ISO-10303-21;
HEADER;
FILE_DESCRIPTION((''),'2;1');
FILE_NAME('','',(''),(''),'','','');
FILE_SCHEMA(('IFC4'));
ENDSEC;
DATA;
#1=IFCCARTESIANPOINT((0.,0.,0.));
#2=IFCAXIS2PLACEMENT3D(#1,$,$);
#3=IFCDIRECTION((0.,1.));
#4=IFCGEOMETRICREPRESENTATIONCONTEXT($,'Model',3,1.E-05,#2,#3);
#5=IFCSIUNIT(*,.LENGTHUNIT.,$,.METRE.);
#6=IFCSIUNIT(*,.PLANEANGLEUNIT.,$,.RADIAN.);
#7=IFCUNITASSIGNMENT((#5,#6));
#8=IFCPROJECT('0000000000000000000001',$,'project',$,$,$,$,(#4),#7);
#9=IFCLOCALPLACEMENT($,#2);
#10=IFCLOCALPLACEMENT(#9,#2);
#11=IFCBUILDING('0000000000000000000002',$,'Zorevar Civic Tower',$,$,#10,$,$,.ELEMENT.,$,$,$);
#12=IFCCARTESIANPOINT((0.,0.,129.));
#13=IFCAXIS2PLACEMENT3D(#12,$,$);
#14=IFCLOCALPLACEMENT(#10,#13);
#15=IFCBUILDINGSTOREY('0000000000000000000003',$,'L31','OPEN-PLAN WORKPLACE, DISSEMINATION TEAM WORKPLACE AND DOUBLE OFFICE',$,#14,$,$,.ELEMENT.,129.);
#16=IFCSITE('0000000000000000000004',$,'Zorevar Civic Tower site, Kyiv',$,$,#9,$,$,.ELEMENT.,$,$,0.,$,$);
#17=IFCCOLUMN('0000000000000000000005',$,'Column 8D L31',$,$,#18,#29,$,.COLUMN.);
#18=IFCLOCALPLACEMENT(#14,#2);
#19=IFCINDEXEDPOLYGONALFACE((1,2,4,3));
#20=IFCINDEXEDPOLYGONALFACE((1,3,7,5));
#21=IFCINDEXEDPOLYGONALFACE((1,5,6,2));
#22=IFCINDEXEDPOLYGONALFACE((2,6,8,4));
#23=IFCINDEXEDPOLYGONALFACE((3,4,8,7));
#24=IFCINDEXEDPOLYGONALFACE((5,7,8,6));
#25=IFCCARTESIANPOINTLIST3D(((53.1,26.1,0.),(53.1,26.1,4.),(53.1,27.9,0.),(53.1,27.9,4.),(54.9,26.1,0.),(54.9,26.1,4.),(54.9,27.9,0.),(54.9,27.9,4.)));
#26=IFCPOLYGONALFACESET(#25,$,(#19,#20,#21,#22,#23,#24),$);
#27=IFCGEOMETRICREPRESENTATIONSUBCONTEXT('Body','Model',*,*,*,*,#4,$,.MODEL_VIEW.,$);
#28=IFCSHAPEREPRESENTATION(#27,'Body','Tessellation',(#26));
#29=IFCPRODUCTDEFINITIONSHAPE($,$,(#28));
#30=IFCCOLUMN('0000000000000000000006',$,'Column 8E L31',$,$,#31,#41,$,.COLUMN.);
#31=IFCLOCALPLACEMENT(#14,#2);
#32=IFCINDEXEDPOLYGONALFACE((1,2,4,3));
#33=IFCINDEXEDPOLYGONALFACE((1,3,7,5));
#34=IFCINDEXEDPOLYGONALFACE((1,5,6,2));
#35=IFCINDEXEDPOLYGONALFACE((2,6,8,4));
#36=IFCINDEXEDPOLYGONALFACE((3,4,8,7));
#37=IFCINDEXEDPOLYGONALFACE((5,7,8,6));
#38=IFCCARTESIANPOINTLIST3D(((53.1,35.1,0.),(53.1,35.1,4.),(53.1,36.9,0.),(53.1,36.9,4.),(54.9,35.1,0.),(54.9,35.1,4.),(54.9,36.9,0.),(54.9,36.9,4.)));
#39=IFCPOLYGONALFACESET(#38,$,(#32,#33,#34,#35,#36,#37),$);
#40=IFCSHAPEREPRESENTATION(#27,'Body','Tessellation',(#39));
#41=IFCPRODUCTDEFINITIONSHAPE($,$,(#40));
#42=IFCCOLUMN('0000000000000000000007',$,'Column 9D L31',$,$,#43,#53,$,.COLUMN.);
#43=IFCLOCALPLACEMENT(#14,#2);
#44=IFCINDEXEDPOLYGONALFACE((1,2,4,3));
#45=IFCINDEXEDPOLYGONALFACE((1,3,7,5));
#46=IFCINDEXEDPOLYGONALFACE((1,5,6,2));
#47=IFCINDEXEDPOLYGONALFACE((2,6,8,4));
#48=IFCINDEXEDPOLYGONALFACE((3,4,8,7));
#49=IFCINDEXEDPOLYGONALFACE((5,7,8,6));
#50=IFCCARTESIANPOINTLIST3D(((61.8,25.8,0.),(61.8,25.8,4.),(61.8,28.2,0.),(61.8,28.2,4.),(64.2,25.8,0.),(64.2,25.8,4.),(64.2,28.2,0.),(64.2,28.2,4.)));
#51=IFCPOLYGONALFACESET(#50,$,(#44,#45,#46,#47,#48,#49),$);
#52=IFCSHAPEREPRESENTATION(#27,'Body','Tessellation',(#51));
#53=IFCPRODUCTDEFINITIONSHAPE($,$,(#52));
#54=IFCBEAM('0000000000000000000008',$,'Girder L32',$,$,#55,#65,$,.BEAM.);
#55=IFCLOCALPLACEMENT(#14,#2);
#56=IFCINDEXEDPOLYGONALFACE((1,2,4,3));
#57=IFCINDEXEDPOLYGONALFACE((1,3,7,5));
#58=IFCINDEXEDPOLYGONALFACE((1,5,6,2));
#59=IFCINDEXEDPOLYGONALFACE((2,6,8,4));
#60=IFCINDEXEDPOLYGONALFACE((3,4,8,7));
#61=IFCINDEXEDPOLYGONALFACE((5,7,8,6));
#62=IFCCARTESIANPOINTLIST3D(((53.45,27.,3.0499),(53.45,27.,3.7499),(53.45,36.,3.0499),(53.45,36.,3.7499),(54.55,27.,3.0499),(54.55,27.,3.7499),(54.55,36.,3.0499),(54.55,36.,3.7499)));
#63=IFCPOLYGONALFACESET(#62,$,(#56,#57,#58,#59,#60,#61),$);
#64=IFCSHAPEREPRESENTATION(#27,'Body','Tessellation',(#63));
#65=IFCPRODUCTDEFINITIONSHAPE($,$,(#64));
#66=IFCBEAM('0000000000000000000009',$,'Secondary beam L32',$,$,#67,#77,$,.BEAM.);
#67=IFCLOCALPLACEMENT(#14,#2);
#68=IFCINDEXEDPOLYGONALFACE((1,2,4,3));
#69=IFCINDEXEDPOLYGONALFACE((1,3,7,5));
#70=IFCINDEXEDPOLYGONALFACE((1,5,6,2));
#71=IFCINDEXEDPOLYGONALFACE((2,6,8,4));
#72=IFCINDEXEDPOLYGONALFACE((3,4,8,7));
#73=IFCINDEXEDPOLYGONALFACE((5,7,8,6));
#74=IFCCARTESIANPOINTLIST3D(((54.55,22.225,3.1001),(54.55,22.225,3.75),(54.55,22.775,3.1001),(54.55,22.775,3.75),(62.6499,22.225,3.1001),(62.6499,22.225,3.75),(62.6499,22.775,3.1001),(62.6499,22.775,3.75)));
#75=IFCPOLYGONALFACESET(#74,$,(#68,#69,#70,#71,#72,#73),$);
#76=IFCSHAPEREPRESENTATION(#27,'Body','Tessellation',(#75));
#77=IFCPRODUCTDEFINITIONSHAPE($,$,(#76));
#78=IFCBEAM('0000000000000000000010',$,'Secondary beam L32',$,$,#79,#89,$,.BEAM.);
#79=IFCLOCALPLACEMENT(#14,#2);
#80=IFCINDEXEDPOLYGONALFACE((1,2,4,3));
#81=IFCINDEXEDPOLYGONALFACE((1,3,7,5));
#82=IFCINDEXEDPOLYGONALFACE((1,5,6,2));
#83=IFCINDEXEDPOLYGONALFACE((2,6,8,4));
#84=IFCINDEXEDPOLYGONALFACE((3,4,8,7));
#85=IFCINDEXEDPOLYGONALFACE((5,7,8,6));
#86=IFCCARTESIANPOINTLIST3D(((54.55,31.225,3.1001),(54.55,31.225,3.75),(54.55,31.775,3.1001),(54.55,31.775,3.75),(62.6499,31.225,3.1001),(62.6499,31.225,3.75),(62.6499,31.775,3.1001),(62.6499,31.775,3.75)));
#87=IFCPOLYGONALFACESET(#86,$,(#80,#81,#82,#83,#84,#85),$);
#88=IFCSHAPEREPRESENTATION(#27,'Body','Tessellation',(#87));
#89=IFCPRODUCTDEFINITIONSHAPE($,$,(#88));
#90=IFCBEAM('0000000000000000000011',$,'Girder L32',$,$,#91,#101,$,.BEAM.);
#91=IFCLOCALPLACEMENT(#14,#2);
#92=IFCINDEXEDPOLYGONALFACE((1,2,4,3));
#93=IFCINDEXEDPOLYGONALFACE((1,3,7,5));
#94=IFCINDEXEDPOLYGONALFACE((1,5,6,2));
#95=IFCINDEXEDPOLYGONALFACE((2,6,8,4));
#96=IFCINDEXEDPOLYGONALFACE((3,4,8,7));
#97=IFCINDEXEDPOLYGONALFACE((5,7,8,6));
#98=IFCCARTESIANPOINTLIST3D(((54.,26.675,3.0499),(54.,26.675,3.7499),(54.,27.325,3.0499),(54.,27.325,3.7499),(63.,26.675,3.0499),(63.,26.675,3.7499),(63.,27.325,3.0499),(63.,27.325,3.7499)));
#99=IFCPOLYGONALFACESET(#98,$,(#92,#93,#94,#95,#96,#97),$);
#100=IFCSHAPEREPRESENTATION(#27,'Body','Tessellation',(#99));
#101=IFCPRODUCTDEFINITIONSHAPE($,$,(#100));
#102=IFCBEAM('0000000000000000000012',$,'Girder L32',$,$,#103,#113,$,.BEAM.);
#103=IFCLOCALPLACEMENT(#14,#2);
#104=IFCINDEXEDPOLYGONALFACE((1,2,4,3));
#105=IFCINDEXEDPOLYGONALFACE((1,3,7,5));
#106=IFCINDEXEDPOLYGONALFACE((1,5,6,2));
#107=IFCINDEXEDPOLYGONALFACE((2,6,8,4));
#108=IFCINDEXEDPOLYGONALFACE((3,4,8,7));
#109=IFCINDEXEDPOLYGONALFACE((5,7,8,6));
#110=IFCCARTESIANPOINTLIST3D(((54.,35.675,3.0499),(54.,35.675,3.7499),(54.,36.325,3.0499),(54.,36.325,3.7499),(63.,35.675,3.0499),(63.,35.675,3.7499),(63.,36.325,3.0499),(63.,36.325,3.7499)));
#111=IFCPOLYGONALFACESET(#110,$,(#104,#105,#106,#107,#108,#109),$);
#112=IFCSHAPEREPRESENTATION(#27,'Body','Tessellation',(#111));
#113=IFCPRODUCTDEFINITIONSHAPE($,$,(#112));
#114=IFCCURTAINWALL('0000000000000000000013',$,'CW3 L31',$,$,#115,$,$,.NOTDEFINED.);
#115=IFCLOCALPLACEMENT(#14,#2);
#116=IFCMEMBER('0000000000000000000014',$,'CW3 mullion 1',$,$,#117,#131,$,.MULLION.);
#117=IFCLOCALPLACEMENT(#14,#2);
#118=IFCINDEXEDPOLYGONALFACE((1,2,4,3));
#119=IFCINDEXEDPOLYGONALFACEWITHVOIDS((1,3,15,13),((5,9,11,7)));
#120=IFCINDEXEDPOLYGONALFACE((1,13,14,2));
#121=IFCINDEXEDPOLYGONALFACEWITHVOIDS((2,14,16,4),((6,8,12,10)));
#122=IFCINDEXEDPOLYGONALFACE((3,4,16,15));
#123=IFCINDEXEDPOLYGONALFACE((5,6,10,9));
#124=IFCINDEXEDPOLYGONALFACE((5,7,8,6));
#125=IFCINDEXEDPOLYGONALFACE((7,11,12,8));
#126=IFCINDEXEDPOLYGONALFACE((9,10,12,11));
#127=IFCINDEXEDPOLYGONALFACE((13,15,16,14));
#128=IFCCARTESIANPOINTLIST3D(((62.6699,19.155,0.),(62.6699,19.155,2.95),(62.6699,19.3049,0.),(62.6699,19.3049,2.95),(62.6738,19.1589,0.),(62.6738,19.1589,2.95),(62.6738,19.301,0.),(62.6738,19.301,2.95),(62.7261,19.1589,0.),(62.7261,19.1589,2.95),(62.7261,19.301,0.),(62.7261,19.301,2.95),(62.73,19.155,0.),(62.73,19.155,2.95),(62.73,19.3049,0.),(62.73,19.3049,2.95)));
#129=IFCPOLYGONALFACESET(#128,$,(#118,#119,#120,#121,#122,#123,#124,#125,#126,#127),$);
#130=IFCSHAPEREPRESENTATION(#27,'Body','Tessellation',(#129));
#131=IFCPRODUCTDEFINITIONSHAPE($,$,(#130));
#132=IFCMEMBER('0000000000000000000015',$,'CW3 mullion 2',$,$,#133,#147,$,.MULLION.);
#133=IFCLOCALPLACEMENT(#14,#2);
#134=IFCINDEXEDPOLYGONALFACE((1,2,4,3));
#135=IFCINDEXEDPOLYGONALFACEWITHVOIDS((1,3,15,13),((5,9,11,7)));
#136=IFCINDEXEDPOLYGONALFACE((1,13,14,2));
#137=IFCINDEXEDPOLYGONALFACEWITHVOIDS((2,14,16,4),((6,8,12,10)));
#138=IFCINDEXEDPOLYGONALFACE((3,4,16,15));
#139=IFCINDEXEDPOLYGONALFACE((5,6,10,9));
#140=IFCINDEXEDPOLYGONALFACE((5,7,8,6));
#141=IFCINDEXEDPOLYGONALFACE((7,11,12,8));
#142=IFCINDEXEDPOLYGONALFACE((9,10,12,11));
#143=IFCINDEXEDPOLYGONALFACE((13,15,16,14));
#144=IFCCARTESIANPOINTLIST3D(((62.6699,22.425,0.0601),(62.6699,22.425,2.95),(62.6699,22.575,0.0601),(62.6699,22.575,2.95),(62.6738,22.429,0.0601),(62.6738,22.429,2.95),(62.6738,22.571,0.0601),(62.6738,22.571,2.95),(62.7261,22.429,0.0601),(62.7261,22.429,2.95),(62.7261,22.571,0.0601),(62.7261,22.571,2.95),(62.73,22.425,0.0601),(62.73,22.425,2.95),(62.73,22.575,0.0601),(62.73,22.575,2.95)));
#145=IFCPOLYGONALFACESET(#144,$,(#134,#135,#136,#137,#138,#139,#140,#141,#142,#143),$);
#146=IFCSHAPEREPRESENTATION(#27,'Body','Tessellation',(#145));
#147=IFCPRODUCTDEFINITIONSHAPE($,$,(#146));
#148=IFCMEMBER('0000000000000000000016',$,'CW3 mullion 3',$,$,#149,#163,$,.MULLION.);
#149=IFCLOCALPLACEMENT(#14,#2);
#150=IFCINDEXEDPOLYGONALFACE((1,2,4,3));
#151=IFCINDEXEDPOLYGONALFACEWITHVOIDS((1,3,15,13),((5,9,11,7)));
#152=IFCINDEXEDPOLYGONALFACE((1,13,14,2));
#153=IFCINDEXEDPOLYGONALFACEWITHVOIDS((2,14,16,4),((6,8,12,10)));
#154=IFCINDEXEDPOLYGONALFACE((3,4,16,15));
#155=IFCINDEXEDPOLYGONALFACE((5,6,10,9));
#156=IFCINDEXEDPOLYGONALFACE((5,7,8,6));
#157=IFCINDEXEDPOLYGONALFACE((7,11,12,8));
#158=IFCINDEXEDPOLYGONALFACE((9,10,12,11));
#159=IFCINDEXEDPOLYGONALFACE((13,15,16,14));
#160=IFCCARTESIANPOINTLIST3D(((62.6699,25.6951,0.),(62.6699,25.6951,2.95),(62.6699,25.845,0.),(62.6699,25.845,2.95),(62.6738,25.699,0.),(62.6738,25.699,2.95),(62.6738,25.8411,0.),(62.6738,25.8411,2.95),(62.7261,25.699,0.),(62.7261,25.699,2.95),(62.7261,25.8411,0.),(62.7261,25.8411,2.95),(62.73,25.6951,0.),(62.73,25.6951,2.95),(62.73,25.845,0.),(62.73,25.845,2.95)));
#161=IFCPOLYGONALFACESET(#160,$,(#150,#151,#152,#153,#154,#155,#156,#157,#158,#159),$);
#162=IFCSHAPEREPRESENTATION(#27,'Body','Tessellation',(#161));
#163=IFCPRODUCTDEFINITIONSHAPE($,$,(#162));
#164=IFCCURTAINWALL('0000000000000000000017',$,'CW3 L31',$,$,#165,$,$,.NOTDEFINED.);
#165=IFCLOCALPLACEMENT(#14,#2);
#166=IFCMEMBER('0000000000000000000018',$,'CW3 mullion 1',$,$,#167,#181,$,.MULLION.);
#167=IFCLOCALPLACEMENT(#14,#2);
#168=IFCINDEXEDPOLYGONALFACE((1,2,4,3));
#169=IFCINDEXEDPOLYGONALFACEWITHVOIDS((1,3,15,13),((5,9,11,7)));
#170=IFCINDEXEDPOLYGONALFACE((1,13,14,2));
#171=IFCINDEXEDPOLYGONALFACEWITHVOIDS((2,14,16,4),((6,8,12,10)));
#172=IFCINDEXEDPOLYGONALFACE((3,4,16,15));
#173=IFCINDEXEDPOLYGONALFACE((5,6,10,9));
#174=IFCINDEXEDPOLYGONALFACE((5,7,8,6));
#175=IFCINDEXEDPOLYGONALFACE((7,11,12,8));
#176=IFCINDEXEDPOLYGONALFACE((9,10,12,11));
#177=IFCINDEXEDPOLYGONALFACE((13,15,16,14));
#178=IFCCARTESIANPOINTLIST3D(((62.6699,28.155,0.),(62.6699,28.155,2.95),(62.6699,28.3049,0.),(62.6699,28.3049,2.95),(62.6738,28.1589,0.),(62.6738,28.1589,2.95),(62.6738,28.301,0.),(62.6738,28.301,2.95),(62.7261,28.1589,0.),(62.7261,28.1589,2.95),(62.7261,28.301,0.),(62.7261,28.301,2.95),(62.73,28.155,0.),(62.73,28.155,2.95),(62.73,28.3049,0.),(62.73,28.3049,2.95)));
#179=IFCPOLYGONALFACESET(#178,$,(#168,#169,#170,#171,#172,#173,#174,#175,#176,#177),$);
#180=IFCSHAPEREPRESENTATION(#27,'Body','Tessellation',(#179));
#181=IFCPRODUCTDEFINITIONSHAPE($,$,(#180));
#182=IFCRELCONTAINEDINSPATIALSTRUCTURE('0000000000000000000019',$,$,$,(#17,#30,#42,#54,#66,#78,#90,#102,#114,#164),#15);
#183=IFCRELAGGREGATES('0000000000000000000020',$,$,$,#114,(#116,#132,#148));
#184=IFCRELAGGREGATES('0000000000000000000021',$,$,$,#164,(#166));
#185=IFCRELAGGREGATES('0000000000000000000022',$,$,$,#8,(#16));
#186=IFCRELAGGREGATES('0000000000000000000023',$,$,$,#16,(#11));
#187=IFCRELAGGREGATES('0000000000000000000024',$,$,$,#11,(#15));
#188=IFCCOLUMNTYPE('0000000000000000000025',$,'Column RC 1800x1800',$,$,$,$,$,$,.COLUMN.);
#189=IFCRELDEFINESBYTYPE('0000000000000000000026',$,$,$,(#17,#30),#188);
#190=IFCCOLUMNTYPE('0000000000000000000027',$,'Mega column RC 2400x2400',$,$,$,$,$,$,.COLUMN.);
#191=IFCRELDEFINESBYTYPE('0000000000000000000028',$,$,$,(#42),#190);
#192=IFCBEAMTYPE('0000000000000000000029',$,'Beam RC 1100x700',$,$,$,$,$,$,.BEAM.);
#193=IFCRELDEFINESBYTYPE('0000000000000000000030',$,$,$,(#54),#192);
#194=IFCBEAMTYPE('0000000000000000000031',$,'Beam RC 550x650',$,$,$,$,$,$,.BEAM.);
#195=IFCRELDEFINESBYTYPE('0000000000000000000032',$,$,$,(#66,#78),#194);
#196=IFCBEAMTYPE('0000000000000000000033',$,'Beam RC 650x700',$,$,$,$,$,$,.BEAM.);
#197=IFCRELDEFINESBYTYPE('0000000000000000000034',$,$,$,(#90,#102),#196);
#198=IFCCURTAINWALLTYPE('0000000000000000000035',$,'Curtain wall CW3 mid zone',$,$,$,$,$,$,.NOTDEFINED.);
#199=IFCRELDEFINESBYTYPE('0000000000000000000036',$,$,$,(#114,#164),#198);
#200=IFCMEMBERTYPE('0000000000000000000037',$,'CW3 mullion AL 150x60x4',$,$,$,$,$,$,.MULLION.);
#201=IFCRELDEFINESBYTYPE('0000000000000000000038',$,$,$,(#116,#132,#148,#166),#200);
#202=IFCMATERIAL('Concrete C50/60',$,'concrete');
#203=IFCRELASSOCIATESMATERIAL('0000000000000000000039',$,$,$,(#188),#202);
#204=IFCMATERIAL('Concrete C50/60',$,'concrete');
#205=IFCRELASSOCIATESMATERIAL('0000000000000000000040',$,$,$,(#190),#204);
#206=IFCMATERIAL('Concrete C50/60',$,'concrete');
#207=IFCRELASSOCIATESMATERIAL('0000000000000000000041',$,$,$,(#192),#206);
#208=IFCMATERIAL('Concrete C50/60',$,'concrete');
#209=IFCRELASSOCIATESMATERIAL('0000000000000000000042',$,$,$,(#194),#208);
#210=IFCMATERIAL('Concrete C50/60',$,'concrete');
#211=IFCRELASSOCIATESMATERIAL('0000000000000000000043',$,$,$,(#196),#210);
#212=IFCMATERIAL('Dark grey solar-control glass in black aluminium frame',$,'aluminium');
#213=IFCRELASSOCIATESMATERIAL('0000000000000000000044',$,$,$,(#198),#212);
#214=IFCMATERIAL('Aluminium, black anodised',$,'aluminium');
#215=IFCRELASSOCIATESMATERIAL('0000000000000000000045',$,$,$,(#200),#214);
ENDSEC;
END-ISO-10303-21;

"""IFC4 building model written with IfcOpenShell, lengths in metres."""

from ifc_helpers import new_model, si_unit, direction, frame, origin, origin_2d, place, context, subcontext, project, spatial, rectangle, hollow_rectangle, extrude, material, material_profile, profile_set, type_object, element, aggregate, save


model = new_model("IFC4")

# Units and contexts
model_context = context("Model", 3, precision=1e-05, world=origin(), true_north=direction((0.0, 1.0)))
body_context = subcontext(model_context, "Body", "Model", "MODEL_VIEW")
ifc_project = project(units=[si_unit("LENGTHUNIT", "METRE"), si_unit("PLANEANGLEUNIT", "RADIAN")], contexts=[model_context])

# Site, building, storey
site_placement = place(None, origin())
site = spatial("IfcSite", under=ifc_project, at=site_placement, Name="Zorevar Civic Tower site, Kyiv", CompositionType="ELEMENT", RefElevation=0.0)
building_placement = place(site_placement, origin())
building = spatial("IfcBuilding", under=site, at=building_placement, Name="Zorevar Civic Tower", CompositionType="ELEMENT")
storey_placement = place(building_placement, frame((0.0, 0.0, 129.0)))
storey = spatial("IfcBuildingStorey", under=building, at=storey_placement, Name="L31", Description="OPEN-PLAN WORKPLACE, DISSEMINATION TEAM WORKPLACE AND DOUBLE OFFICE", CompositionType="ELEMENT", Elevation=129.0)

# Columns
ifc_material_1 = material(Name="Concrete C50/60", Category="concrete")
ifc_material_profile_1 = material_profile(ifc_material_1, rectangle(XDim=1.8, YDim=1.8, at=origin_2d()), Name="RC 1800x1800")
ifc_profile_set_1 = profile_set([ifc_material_profile_1], Name="Concrete C50/60")
column_type_1 = type_object("IfcColumnType", Name="Column RC 1800x1800", PredefinedType="COLUMN", material=ifc_profile_set_1)
for number, where, z_axis, x_axis, name in (
    (1, (54.0, 27.0, 0.0), (0.0, 0.0, 1.0), (1.0, 0.0, 0.0), "Column 8D L31"),
    (2, (54.0, 36.0, 0.0), (0.0, 0.0, 1.0), (1.0, 0.0, 0.0), "Column 8E L31"),
):
    element("IfcColumn", number, at=place(storey_placement, frame(where, z_axis=z_axis, x_axis=x_axis)), inside=storey, type_object=column_type_1, Name=name, PredefinedType="COLUMN", context=body_context, shape_type="SweptSolid", body=[
        extrude(rectangle(XDim=1.8, YDim=1.8, at=origin_2d()), origin(), (0.0, 0.0, 1.0), 4.0),
    ])
ifc_material_2 = material(Name="Concrete C50/60", Category="concrete")
ifc_material_profile_2 = material_profile(ifc_material_2, rectangle(XDim=2.3999, YDim=2.3999, at=origin_2d()), Name="RC 2400x2400")
ifc_profile_set_2 = profile_set([ifc_material_profile_2], Name="Concrete C50/60")
column_type_2 = type_object("IfcColumnType", Name="Mega column RC 2400x2400", PredefinedType="COLUMN", material=ifc_profile_set_2)
column_placement = place(storey_placement, frame((63.0, 27.0, 0.0), z_axis=(0.0, 0.0, 1.0), x_axis=(1.0, 0.0, 0.0)))
element("IfcColumn", 3, at=column_placement, inside=storey, type_object=column_type_2, Name="Column 9D L31", PredefinedType="COLUMN", context=body_context, shape_type="SweptSolid", body=[
    extrude(rectangle(XDim=2.3999, YDim=2.3999, at=origin_2d()), origin(), (0.0, 0.0, 1.0), 4.0),
])

# Beams
ifc_material_3 = material(Name="Concrete C50/60", Category="concrete")
ifc_material_profile_3 = material_profile(ifc_material_3, rectangle(XDim=1.1001, YDim=0.7, at=origin_2d()), Name="RC 1100x700")
ifc_profile_set_3 = profile_set([ifc_material_profile_3], Name="Concrete C50/60")
beam_type_1 = type_object("IfcBeamType", Name="Beam RC 1100x700", PredefinedType="BEAM", material=ifc_profile_set_3)
beam_1_placement = place(storey_placement, frame((54.0, 27.0, 3.3999), z_axis=(0.0, 1.0, 0.0), x_axis=(-1.0, 0.0, 0.0)))
element("IfcBeam", 4, at=beam_1_placement, inside=storey, type_object=beam_type_1, Name="Girder L32", PredefinedType="BEAM", context=body_context, shape_type="SweptSolid", body=[
    extrude(rectangle(XDim=1.1001, YDim=0.7, at=origin_2d()), origin(), (0.0, 0.0, 1.0), 9.0),
])
ifc_material_4 = material(Name="Concrete C50/60", Category="concrete")
ifc_material_profile_4 = material_profile(ifc_material_4, rectangle(XDim=0.55, YDim=0.6499, at=origin_2d()), Name="RC 550x650")
ifc_profile_set_4 = profile_set([ifc_material_profile_4], Name="Concrete C50/60")
beam_type_2 = type_object("IfcBeamType", Name="Beam RC 550x650", PredefinedType="BEAM", material=ifc_profile_set_4)
for number, where, z_axis, x_axis, name in (
    (5, (54.55, 22.5, 3.425), (1.0, 0.0, 0.0), (0.0, 1.0, 0.0), "Secondary beam L32"),
    (6, (54.55, 31.5, 3.425), (1.0, 0.0, 0.0), (0.0, 1.0, 0.0), "Secondary beam L32"),
):
    element("IfcBeam", number, at=place(storey_placement, frame(where, z_axis=z_axis, x_axis=x_axis)), inside=storey, type_object=beam_type_2, Name=name, PredefinedType="BEAM", context=body_context, shape_type="SweptSolid", body=[
        extrude(rectangle(XDim=0.55, YDim=0.6499, at=origin_2d()), origin(), (0.0, 0.0, 1.0), 8.0999),
    ])
ifc_material_5 = material(Name="Concrete C50/60", Category="concrete")
ifc_material_profile_5 = material_profile(ifc_material_5, rectangle(XDim=0.6499, YDim=0.7, at=origin_2d()), Name="RC 650x700")
ifc_profile_set_5 = profile_set([ifc_material_profile_5], Name="Concrete C50/60")
beam_type_3 = type_object("IfcBeamType", Name="Beam RC 650x700", PredefinedType="BEAM", material=ifc_profile_set_5)
for number, where, z_axis, x_axis, name in (
    (7, (54.0, 27.0, 3.3999), (1.0, 0.0, 0.0), (0.0, 1.0, 0.0), "Girder L32"),
    (8, (54.0, 36.0, 3.3999), (1.0, 0.0, 0.0), (0.0, 1.0, 0.0), "Girder L32"),
):
    element("IfcBeam", number, at=place(storey_placement, frame(where, z_axis=z_axis, x_axis=x_axis)), inside=storey, type_object=beam_type_3, Name=name, PredefinedType="BEAM", context=body_context, shape_type="SweptSolid", body=[
        extrude(rectangle(XDim=0.6499, YDim=0.7, at=origin_2d()), origin(), (0.0, 0.0, 1.0), 9.0),
    ])

# Curtain walls, members
ifc_material_6 = material(Name="Dark grey solar-control glass in black aluminium frame", Category="aluminium")
curtain_wall_type = type_object("IfcCurtainWallType", Name="Curtain wall CW3 mid zone", PredefinedType="NOTDEFINED", material=ifc_material_6)
curtain_wall_1_placement = place(storey_placement, origin())
curtain_wall_1 = element("IfcCurtainWall", 9, at=curtain_wall_1_placement, inside=storey, type_object=curtain_wall_type, Name="CW3 L31", PredefinedType="NOTDEFINED")
ifc_material_7 = material(Name="Aluminium, black anodised", Category="aluminium")
ifc_material_profile_6 = material_profile(ifc_material_7, hollow_rectangle(XDim=0.0601, YDim=0.1499, WallThickness=0.0039, at=origin_2d()), Name="AL 150x60x4")
ifc_profile_set_6 = profile_set([ifc_material_profile_6], Name="Aluminium, black anodised")
member_type_1 = type_object("IfcMemberType", Name="CW3 mullion AL 150x60x4", PredefinedType="MULLION", material=ifc_profile_set_6)
member_1_placement = place(storey_placement, frame((62.7, 19.23, 0.0), z_axis=(0.0, 0.0, 1.0), x_axis=(-1.0, 0.0, 0.0)))
member_1 = element("IfcMember", 10, at=member_1_placement, type_object=member_type_1, Name="CW3 mullion 1", PredefinedType="MULLION", context=body_context, shape_type="SweptSolid", body=[
    extrude(hollow_rectangle(XDim=0.0601, YDim=0.1499, WallThickness=0.0039, at=origin_2d()), origin(), (0.0, 0.0, 1.0), 2.95),
])
member_2_placement = place(storey_placement, frame((62.7, 22.5, 0.0601), z_axis=(0.0, 0.0, 1.0), x_axis=(-1.0, 0.0, 0.0)))
member_2 = element("IfcMember", 11, at=member_2_placement, type_object=member_type_1, Name="CW3 mullion 2", PredefinedType="MULLION", context=body_context, shape_type="SweptSolid", body=[
    extrude(hollow_rectangle(XDim=0.0601, YDim=0.1499, WallThickness=0.0039, at=origin_2d()), origin(), (0.0, 0.0, 1.0), 2.8899),
])
member_3_placement = place(storey_placement, frame((62.7, 25.77, 0.0), z_axis=(0.0, 0.0, 1.0), x_axis=(-1.0, 0.0, 0.0)))
member_3 = element("IfcMember", 12, at=member_3_placement, type_object=member_type_1, Name="CW3 mullion 3", PredefinedType="MULLION", context=body_context, shape_type="SweptSolid", body=[
    extrude(hollow_rectangle(XDim=0.0601, YDim=0.1499, WallThickness=0.0039, at=origin_2d()), origin(), (0.0, 0.0, 1.0), 2.95),
])
curtain_wall_2_placement = place(storey_placement, origin())
curtain_wall_2 = element("IfcCurtainWall", 13, at=curtain_wall_2_placement, inside=storey, type_object=curtain_wall_type, Name="CW3 L31", PredefinedType="NOTDEFINED")
member_4_placement = place(storey_placement, frame((62.7, 28.23, 0.0), z_axis=(0.0, 0.0, 1.0), x_axis=(-1.0, 0.0, 0.0)))
member_4 = element("IfcMember", 14, at=member_4_placement, type_object=member_type_1, Name="CW3 mullion 1", PredefinedType="MULLION", context=body_context, shape_type="SweptSolid", body=[
    extrude(hollow_rectangle(XDim=0.0601, YDim=0.1499, WallThickness=0.0039, at=origin_2d()), origin(), (0.0, 0.0, 1.0), 2.95),
])

aggregate(curtain_wall_1, [member_1, member_2, member_3])
aggregate(curtain_wall_2, [member_4])

save(model, "model.ifc")
